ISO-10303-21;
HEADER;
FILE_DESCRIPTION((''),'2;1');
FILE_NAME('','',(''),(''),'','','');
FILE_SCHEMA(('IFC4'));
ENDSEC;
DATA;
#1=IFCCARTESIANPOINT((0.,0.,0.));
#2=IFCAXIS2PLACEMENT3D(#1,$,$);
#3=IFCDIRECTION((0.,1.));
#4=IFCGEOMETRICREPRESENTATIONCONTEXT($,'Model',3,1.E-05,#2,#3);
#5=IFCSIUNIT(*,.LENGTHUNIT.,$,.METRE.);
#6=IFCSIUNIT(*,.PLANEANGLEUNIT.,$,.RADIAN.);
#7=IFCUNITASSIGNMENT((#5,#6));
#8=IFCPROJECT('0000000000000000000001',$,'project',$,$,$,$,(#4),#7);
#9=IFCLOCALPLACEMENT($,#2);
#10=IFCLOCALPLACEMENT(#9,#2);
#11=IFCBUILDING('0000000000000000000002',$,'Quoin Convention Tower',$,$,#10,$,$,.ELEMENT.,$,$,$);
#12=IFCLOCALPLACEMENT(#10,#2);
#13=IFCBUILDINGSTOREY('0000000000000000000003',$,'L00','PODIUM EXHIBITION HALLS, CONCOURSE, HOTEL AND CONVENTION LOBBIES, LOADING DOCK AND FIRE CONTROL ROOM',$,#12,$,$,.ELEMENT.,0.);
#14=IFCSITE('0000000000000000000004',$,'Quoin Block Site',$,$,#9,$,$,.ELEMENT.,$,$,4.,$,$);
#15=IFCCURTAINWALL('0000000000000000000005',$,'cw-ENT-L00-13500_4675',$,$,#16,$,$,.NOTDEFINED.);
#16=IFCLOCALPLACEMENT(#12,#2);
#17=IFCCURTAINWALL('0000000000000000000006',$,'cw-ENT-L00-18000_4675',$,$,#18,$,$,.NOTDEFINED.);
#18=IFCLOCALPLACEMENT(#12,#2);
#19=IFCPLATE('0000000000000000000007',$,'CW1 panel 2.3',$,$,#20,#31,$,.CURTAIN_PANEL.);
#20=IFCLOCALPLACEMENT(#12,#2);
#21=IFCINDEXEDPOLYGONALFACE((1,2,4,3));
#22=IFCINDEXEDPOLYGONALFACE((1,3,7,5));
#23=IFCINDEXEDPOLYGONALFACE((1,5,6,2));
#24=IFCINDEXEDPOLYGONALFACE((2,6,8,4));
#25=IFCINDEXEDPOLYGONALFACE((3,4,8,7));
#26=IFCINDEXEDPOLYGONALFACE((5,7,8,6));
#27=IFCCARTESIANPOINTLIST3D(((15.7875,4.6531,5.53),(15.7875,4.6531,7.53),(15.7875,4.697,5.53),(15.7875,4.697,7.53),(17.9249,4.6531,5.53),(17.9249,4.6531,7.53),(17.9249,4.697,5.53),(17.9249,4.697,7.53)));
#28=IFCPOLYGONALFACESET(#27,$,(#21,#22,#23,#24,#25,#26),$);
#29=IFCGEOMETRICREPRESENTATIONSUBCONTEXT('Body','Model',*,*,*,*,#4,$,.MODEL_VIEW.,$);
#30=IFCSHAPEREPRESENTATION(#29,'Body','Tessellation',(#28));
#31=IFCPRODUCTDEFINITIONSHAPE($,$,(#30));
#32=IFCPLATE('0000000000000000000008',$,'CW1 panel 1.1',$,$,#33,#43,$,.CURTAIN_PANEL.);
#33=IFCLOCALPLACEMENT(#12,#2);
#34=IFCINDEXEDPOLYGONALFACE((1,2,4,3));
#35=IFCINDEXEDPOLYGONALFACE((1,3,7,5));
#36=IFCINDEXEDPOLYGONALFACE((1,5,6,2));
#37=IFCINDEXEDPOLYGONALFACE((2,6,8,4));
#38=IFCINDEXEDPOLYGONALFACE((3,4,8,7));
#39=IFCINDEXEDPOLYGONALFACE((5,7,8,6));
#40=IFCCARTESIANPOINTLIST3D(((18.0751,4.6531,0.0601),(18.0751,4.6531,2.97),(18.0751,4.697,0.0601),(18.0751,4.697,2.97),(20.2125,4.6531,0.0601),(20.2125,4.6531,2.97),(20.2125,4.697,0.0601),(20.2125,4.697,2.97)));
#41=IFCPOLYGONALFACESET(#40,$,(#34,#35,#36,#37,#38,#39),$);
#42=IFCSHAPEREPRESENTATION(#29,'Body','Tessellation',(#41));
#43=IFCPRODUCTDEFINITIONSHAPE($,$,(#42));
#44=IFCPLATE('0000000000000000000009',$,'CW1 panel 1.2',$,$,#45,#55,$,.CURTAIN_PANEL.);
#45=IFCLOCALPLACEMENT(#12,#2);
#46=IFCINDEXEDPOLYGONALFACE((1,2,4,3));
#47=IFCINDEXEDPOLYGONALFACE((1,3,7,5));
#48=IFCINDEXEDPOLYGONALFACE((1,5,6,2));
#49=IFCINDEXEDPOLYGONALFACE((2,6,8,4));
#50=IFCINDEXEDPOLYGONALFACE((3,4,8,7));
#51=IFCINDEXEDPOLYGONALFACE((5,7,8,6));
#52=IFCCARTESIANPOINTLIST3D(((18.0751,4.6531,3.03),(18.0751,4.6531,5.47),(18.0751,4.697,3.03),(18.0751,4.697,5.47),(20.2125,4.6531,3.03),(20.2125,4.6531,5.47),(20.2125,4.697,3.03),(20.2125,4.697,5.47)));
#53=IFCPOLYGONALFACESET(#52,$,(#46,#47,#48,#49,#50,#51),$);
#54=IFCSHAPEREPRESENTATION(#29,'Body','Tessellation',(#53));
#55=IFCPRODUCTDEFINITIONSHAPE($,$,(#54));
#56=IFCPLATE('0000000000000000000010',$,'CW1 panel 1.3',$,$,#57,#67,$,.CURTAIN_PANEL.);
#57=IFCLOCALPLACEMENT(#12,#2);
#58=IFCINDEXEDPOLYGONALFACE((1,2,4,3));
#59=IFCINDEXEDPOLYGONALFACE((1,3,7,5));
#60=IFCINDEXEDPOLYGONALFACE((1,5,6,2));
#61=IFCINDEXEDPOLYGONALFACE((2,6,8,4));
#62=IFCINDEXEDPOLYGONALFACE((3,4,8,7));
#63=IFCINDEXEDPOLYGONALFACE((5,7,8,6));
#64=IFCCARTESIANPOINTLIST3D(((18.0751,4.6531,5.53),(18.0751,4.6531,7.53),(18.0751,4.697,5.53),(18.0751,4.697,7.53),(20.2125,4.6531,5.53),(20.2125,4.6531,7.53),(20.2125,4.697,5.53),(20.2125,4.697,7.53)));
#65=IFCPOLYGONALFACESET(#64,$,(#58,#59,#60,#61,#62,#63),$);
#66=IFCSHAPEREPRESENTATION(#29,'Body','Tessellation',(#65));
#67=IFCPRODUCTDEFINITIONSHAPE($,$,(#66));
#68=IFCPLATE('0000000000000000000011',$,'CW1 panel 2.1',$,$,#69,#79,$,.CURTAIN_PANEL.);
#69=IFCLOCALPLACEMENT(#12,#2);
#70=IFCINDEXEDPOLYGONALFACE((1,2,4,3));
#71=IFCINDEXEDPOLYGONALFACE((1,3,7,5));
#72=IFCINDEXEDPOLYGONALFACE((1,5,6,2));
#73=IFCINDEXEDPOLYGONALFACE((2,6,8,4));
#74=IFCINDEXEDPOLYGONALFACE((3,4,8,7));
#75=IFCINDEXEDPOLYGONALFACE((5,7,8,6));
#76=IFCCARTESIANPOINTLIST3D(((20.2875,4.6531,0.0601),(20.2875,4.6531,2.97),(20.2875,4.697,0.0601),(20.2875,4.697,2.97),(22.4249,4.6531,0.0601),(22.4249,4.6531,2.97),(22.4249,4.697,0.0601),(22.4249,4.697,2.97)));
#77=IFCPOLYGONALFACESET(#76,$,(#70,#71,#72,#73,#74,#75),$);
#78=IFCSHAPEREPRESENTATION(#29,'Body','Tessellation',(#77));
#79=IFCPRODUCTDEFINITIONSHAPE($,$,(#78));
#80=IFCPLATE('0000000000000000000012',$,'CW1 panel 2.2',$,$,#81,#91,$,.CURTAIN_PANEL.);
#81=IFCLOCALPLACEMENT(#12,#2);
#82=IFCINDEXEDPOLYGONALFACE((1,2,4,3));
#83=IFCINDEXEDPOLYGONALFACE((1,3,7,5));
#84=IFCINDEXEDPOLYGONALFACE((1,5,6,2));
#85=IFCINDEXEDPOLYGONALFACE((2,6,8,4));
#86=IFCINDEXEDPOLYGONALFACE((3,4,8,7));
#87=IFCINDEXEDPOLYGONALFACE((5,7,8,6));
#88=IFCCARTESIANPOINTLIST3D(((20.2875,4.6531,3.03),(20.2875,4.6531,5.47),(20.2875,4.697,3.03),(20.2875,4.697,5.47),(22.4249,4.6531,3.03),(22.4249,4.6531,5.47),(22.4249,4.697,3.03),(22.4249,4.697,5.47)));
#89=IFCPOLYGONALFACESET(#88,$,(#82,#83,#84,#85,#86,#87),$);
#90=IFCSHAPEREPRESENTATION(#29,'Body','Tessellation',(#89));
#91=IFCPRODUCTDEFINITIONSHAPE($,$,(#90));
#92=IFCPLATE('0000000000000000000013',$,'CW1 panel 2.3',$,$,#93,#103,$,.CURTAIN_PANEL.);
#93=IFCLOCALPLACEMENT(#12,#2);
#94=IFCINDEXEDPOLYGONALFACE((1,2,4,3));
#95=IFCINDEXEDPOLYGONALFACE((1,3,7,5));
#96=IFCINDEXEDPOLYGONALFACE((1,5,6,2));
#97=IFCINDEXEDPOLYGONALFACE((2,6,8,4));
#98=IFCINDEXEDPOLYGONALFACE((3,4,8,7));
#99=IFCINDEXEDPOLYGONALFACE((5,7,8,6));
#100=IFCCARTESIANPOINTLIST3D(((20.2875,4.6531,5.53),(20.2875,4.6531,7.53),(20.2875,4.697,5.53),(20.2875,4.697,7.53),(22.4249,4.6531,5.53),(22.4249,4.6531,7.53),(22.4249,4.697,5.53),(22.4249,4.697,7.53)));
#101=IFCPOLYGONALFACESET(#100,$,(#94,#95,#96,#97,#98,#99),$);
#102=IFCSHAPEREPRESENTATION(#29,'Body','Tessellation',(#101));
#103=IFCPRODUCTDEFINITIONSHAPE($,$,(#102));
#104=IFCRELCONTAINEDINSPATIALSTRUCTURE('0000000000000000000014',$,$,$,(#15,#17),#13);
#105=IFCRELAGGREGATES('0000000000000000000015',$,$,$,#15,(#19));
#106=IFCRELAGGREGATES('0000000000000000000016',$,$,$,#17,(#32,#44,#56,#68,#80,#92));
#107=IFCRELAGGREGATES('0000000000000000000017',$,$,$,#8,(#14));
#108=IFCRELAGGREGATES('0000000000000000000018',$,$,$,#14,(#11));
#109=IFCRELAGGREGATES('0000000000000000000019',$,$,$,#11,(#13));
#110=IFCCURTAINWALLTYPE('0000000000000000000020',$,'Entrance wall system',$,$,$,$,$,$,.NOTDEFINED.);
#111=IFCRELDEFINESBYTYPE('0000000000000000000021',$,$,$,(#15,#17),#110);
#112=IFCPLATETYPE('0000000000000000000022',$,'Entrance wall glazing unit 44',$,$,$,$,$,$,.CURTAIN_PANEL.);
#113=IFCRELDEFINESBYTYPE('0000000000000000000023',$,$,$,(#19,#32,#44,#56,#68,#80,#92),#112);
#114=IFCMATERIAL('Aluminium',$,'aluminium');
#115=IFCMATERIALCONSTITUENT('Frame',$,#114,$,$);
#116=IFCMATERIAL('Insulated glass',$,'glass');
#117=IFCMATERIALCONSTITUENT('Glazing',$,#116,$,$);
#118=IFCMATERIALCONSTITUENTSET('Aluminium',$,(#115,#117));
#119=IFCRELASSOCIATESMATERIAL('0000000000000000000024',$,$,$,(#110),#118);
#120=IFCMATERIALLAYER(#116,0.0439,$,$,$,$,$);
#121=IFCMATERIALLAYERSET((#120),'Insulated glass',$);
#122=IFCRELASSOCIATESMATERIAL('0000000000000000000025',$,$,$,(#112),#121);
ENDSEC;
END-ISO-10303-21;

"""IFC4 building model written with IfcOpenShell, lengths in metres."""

from ifc_helpers import new_model, si_unit, direction, frame, origin, origin_2d, place, context, subcontext, project, spatial, rectangle, extrude, material, layer, layer_set, constituent, constituent_set, type_object, element, aggregate, save


model = new_model("IFC4")

# Units and contexts
model_context = context("Model", 3, precision=1e-05, world=origin(), true_north=direction((0.0, 1.0)))
body_context = subcontext(model_context, "Body", "Model", "MODEL_VIEW")
ifc_project = project(units=[si_unit("LENGTHUNIT", "METRE"), si_unit("PLANEANGLEUNIT", "RADIAN")], contexts=[model_context])

# Site, building, storey
site_placement = place(None, origin())
site = spatial("IfcSite", under=ifc_project, at=site_placement, Name="Quoin Block Site", CompositionType="ELEMENT", RefElevation=4.0)
building_placement = place(site_placement, origin())
building = spatial("IfcBuilding", under=site, at=building_placement, Name="Quoin Convention Tower", CompositionType="ELEMENT")
storey_placement = place(building_placement, origin())
storey = spatial("IfcBuildingStorey", under=building, at=storey_placement, Name="L00", Description="PODIUM EXHIBITION HALLS, CONCOURSE, HOTEL AND CONVENTION LOBBIES, LOADING DOCK AND FIRE CONTROL ROOM", CompositionType="ELEMENT", Elevation=0.0)

# Curtain wall
ifc_material_1 = material(Name="Aluminium", Category="aluminium")
ifc_constituent_1 = constituent(ifc_material_1, Name="Frame")
ifc_material_2 = material(Name="Insulated glass", Category="glass")
ifc_constituent_2 = constituent(ifc_material_2, Name="Glazing")
ifc_constituent_set = constituent_set(constituents=[ifc_constituent_1, ifc_constituent_2], Name="Aluminium")
curtain_wall_type = type_object("IfcCurtainWallType", Name="Entrance wall system", PredefinedType="NOTDEFINED", material=ifc_constituent_set)
curtain_wall_1_placement = place(storey_placement, origin())
curtain_wall_1 = element("IfcCurtainWall", 1, at=curtain_wall_1_placement, inside=storey, type_object=curtain_wall_type, Name="cw-ENT-L00-13500_4675", PredefinedType="NOTDEFINED")

# Curtain wall
curtain_wall_2_placement = place(storey_placement, origin())
curtain_wall_2 = element("IfcCurtainWall", 2, at=curtain_wall_2_placement, inside=storey, type_object=curtain_wall_type, Name="cw-ENT-L00-18000_4675", PredefinedType="NOTDEFINED")

# Plates
ifc_layer = layer(ifc_material_2, 0.0439)
ifc_layer_set = layer_set([ifc_layer], Name="Insulated glass")
plate_type = type_object("IfcPlateType", Name="Entrance wall glazing unit 44", PredefinedType="CURTAIN_PANEL", material=ifc_layer_set)
plate_1_placement = place(storey_placement, frame((16.8562, 4.675, 5.53), z_axis=(0.0, 0.0, 1.0), x_axis=(1.0, 0.0, 0.0)))
plate_1 = element("IfcPlate", 3, at=plate_1_placement, type_object=plate_type, Name="CW1 panel 2.3", PredefinedType="CURTAIN_PANEL", context=body_context, shape_type="SweptSolid", body=[
    extrude(rectangle(XDim=2.1375, YDim=0.0439, at=origin_2d()), origin(), (0.0, 0.0, 1.0), 2.0),
])
aggregate(curtain_wall_1, [plate_1])
plate_2_placement = place(storey_placement, frame((19.1438, 4.675, 0.0601), z_axis=(0.0, 0.0, 1.0), x_axis=(1.0, 0.0, 0.0)))
plate_2 = element("IfcPlate", 4, at=plate_2_placement, type_object=plate_type, Name="CW1 panel 1.1", PredefinedType="CURTAIN_PANEL", context=body_context, shape_type="SweptSolid", body=[
    extrude(rectangle(XDim=2.1375, YDim=0.0439, at=origin_2d()), origin(), (0.0, 0.0, 1.0), 2.9099),
])
plate_3_placement = place(storey_placement, frame((19.1438, 4.675, 3.03), z_axis=(0.0, 0.0, 1.0), x_axis=(1.0, 0.0, 0.0)))
plate_3 = element("IfcPlate", 5, at=plate_3_placement, type_object=plate_type, Name="CW1 panel 1.2", PredefinedType="CURTAIN_PANEL", context=body_context, shape_type="SweptSolid", body=[
    extrude(rectangle(XDim=2.1375, YDim=0.0439, at=origin_2d()), origin(), (0.0, 0.0, 1.0), 2.4399),
])
plate_4_placement = place(storey_placement, frame((19.1438, 4.675, 5.53), z_axis=(0.0, 0.0, 1.0), x_axis=(1.0, 0.0, 0.0)))
plate_4 = element("IfcPlate", 6, at=plate_4_placement, type_object=plate_type, Name="CW1 panel 1.3", PredefinedType="CURTAIN_PANEL", context=body_context, shape_type="SweptSolid", body=[
    extrude(rectangle(XDim=2.1375, YDim=0.0439, at=origin_2d()), origin(), (0.0, 0.0, 1.0), 2.0),
])
plate_5_placement = place(storey_placement, frame((21.3562, 4.675, 0.0601), z_axis=(0.0, 0.0, 1.0), x_axis=(1.0, 0.0, 0.0)))
plate_5 = element("IfcPlate", 7, at=plate_5_placement, type_object=plate_type, Name="CW1 panel 2.1", PredefinedType="CURTAIN_PANEL", context=body_context, shape_type="SweptSolid", body=[
    extrude(rectangle(XDim=2.1375, YDim=0.0439, at=origin_2d()), origin(), (0.0, 0.0, 1.0), 2.9099),
])
plate_6_placement = place(storey_placement, frame((21.3562, 4.675, 3.03), z_axis=(0.0, 0.0, 1.0), x_axis=(1.0, 0.0, 0.0)))
plate_6 = element("IfcPlate", 8, at=plate_6_placement, type_object=plate_type, Name="CW1 panel 2.2", PredefinedType="CURTAIN_PANEL", context=body_context, shape_type="SweptSolid", body=[
    extrude(rectangle(XDim=2.1375, YDim=0.0439, at=origin_2d()), origin(), (0.0, 0.0, 1.0), 2.4399),
])
plate_7_placement = place(storey_placement, frame((21.3562, 4.675, 5.53), z_axis=(0.0, 0.0, 1.0), x_axis=(1.0, 0.0, 0.0)))
plate_7 = element("IfcPlate", 9, at=plate_7_placement, type_object=plate_type, Name="CW1 panel 2.3", PredefinedType="CURTAIN_PANEL", context=body_context, shape_type="SweptSolid", body=[
    extrude(rectangle(XDim=2.1375, YDim=0.0439, at=origin_2d()), origin(), (0.0, 0.0, 1.0), 2.0),
])
aggregate(curtain_wall_2, [plate_2, plate_3, plate_4, plate_5, plate_6, plate_7])

save(model, "model.ifc")
